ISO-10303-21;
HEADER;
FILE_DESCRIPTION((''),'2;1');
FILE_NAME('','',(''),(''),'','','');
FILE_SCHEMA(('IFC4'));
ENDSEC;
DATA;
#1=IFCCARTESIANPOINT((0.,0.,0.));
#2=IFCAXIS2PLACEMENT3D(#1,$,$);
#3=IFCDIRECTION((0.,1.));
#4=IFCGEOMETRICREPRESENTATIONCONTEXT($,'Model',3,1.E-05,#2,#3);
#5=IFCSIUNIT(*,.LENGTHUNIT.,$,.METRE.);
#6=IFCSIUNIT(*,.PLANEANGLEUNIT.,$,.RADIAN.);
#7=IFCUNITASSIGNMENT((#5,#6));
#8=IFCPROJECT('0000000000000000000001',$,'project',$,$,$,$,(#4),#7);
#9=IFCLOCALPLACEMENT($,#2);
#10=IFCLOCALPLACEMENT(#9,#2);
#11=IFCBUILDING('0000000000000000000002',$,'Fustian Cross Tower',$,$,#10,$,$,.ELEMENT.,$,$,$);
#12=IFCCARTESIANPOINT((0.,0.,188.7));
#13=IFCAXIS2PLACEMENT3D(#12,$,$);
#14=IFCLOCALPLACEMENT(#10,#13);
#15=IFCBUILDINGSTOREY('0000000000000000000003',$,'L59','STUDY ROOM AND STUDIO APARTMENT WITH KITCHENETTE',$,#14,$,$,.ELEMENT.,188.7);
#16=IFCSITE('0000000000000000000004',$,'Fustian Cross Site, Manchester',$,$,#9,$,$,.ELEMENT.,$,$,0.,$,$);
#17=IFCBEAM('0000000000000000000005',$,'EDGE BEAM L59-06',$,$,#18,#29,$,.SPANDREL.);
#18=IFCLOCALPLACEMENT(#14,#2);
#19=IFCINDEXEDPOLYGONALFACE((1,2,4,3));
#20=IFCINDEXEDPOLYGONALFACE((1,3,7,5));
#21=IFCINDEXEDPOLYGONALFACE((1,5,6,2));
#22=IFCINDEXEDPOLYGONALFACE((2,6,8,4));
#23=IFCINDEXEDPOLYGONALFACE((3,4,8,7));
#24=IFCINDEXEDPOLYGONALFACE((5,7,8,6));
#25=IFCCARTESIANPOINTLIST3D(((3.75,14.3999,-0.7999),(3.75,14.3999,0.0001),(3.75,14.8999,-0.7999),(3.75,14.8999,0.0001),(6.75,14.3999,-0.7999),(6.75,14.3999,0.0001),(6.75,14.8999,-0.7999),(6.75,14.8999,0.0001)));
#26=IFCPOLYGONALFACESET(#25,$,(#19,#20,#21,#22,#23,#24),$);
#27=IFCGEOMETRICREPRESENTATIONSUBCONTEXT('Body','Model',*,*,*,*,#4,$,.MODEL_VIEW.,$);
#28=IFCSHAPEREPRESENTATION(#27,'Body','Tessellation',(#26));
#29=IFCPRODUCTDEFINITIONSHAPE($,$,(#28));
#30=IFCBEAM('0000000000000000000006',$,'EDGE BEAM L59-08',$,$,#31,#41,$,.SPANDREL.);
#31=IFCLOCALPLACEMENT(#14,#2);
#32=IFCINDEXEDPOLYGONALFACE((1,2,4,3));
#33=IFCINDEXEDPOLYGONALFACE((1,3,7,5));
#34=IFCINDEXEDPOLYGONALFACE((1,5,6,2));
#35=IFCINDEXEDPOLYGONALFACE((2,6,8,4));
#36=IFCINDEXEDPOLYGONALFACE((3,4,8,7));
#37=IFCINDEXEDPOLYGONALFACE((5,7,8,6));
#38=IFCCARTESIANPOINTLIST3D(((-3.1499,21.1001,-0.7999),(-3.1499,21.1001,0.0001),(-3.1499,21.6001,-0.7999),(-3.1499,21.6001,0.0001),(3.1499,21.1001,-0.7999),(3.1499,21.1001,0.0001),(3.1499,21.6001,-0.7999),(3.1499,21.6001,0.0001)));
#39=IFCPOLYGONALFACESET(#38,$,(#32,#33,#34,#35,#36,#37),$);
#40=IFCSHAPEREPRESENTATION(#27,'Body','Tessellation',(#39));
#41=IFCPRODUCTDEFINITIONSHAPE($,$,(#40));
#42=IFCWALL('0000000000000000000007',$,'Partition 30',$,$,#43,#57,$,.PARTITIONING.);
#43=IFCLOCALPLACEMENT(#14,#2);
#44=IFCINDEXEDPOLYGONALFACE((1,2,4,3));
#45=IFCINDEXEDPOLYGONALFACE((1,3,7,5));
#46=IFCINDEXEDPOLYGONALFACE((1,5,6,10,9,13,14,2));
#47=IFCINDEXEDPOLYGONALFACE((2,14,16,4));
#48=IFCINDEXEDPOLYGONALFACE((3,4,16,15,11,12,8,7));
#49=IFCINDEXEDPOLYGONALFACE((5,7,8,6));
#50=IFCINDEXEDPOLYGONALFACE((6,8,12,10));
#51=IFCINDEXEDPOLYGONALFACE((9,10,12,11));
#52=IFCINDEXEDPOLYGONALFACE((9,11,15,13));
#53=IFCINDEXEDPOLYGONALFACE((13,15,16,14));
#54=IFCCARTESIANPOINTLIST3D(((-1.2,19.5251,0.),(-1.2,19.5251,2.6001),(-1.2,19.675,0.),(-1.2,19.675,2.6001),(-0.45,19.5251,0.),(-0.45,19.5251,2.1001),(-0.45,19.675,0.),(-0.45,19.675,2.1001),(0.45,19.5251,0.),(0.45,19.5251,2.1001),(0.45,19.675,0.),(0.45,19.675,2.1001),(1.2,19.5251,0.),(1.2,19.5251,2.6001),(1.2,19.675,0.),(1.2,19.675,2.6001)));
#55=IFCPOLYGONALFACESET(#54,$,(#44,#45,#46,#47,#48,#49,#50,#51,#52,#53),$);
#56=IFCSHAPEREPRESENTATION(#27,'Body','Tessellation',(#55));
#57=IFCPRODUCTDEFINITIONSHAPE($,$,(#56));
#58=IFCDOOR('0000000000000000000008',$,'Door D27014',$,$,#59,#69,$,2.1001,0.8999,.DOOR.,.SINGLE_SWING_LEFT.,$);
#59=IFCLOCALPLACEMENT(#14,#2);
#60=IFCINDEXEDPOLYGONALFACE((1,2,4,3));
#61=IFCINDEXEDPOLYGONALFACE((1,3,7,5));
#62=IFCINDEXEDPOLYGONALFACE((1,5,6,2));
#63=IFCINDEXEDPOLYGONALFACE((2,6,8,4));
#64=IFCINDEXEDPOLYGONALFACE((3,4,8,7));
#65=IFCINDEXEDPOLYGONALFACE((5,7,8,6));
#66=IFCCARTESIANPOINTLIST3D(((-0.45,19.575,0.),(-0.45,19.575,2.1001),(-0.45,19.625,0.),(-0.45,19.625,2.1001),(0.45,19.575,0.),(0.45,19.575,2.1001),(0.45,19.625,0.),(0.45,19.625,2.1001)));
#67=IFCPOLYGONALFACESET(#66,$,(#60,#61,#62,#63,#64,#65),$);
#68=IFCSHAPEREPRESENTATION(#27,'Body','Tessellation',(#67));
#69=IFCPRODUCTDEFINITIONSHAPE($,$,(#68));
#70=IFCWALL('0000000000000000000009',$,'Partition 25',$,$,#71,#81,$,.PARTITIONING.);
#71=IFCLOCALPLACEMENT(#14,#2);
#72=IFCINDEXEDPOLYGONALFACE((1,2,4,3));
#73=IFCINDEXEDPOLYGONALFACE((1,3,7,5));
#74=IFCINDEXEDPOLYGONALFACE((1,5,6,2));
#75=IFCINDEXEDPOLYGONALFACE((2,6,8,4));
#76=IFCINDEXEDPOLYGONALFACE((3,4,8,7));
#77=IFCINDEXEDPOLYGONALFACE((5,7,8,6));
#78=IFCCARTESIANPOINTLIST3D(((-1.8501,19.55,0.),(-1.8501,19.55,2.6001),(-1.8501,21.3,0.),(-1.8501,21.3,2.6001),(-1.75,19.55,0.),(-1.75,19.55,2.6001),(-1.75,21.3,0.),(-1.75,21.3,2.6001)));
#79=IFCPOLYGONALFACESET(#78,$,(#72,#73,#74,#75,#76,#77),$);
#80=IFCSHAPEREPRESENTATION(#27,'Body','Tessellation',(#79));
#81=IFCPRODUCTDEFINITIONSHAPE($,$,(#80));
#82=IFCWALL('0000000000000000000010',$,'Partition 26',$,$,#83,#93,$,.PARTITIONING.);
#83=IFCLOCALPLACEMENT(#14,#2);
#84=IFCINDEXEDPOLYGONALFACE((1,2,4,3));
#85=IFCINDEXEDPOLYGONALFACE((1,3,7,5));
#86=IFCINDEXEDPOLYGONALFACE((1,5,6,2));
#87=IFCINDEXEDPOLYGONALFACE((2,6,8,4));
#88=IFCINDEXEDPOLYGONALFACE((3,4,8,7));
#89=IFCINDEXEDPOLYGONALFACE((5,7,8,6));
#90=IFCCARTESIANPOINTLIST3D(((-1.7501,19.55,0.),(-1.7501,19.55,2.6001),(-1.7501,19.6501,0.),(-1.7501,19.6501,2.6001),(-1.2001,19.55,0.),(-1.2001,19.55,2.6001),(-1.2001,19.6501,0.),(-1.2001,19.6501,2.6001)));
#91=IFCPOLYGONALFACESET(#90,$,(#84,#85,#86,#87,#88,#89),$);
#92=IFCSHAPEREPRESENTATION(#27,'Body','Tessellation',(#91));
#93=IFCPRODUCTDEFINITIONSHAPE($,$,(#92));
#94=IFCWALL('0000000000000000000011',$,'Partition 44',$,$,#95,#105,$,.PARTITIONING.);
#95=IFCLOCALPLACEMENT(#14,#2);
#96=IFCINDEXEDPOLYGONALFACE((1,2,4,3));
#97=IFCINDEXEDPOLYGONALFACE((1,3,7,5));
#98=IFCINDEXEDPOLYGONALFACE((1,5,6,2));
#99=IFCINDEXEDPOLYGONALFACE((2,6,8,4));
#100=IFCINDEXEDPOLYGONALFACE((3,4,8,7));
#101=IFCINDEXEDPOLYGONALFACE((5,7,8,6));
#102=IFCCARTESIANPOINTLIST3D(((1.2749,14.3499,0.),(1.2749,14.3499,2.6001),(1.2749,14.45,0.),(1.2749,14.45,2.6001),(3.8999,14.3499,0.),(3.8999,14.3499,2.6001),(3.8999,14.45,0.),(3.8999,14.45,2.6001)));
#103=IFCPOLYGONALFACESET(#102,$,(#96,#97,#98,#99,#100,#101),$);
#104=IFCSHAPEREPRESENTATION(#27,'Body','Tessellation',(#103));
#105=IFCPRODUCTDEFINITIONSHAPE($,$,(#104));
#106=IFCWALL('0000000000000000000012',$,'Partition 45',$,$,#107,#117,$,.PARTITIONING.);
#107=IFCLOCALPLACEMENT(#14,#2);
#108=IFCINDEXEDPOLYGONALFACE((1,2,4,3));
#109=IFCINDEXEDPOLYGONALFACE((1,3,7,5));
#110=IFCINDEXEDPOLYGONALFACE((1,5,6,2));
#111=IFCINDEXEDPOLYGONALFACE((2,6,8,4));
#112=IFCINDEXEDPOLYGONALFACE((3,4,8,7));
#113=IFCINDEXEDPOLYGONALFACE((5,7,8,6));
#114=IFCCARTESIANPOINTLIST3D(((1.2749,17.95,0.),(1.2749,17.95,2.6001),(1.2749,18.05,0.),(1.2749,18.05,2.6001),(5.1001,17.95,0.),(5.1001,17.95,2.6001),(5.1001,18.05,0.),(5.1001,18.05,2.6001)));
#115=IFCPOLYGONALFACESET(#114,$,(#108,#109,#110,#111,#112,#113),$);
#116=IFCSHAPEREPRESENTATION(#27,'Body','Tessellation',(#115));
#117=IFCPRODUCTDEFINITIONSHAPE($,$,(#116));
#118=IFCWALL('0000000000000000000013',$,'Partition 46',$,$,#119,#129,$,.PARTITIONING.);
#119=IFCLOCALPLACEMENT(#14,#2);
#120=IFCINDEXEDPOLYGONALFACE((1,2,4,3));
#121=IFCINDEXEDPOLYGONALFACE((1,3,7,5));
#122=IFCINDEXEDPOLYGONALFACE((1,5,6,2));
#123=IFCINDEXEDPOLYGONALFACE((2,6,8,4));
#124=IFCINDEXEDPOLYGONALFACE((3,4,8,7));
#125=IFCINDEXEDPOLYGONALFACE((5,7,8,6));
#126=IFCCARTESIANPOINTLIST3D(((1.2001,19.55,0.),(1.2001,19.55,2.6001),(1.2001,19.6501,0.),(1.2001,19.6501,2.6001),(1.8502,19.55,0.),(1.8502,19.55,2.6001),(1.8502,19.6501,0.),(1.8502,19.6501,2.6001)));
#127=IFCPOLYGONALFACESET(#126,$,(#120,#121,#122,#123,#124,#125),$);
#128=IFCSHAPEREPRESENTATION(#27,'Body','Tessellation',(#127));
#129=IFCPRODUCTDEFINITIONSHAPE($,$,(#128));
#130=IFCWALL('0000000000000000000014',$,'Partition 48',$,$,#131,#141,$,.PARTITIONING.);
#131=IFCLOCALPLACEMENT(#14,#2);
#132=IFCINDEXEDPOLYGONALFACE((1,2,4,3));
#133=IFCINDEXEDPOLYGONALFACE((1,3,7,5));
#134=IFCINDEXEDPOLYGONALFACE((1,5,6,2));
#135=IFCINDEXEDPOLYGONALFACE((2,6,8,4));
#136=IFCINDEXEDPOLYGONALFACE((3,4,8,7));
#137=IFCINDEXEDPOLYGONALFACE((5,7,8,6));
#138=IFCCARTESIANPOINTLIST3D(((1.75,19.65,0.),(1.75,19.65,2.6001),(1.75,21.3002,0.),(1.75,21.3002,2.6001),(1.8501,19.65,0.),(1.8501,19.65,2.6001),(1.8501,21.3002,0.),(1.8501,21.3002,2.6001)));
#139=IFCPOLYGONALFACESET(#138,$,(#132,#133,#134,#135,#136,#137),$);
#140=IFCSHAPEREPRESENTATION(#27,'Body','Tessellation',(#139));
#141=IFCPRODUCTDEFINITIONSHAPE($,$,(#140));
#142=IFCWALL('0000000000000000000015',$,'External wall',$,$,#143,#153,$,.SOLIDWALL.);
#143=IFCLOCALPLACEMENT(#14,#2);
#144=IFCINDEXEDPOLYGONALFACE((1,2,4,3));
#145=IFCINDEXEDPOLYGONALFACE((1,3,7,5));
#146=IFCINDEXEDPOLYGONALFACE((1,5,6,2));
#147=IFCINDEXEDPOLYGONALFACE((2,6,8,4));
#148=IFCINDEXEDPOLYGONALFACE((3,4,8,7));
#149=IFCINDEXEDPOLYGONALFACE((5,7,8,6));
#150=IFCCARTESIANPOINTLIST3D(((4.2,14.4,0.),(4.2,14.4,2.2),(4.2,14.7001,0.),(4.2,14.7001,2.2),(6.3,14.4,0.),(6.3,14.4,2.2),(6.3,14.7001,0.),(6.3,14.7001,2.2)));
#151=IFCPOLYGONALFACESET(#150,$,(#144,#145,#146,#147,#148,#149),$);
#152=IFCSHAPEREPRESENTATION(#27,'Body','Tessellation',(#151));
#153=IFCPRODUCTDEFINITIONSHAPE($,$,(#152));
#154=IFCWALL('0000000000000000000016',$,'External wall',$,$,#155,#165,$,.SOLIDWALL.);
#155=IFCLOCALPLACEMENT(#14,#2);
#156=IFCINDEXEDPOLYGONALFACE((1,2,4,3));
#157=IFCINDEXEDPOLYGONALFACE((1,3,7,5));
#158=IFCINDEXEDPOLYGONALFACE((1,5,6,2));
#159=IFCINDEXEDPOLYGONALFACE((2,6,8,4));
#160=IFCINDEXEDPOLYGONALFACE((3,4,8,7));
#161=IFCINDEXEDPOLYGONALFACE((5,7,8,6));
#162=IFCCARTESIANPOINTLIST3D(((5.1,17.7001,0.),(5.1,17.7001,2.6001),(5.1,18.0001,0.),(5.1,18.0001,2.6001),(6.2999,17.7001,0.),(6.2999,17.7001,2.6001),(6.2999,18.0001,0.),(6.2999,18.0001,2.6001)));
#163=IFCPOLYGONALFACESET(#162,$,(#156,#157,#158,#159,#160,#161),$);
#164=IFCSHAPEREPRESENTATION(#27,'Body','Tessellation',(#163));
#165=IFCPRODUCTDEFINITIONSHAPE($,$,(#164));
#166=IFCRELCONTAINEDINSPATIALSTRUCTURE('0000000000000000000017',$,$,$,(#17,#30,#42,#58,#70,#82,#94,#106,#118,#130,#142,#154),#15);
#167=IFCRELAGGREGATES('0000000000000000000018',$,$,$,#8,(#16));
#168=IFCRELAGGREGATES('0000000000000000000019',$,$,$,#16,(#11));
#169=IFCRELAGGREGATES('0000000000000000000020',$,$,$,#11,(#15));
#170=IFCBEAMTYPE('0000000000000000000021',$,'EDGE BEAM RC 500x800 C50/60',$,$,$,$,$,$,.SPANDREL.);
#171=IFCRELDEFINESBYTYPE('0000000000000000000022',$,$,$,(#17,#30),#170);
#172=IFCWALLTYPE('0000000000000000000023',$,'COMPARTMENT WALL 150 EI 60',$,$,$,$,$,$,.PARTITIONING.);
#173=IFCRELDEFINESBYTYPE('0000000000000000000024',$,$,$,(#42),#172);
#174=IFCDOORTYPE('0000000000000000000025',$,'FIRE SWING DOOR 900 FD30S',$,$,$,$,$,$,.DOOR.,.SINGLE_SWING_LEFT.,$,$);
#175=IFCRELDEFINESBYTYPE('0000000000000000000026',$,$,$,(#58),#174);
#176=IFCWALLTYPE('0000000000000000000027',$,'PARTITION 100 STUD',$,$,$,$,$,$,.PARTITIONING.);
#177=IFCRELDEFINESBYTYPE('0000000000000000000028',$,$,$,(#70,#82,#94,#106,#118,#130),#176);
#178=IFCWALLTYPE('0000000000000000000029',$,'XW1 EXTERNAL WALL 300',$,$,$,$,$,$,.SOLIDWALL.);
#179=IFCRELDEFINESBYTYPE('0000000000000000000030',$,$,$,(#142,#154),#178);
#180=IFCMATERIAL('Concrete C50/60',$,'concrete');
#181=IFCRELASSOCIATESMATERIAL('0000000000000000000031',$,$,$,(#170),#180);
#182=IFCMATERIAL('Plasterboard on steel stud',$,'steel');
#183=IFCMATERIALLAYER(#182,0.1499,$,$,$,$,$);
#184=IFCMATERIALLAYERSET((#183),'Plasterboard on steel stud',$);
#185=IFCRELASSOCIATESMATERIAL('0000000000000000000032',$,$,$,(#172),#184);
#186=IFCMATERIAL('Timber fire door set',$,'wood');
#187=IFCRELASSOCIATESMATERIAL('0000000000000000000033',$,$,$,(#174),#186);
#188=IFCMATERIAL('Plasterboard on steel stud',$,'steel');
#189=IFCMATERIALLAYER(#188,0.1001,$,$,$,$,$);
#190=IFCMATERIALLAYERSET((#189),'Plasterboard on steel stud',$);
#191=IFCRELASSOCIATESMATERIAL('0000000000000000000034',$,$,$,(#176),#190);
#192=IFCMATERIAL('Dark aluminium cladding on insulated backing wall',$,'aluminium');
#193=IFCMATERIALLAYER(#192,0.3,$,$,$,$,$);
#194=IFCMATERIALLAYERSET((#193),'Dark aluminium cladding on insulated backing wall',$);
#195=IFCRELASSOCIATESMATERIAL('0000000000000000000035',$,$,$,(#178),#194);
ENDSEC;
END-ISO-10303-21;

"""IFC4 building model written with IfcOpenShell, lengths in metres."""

from ifc_helpers import new_model, si_unit, direction, frame, frame_2d, origin, origin_2d, place, context, subcontext, project, spatial, rectangle, extrude, material, layer, layer_set, material_profile, profile_set, type_object, element, fill, save


model = new_model("IFC4")

# Units and contexts
model_context = context("Model", 3, precision=1e-05, world=origin(), true_north=direction((0.0, 1.0)))
body_context = subcontext(model_context, "Body", "Model", "MODEL_VIEW")
ifc_project = project(units=[si_unit("LENGTHUNIT", "METRE"), si_unit("PLANEANGLEUNIT", "RADIAN")], contexts=[model_context])

# Site, building, storey
site_placement = place(None, origin())
site = spatial("IfcSite", under=ifc_project, at=site_placement, Name="Fustian Cross Site, Manchester", CompositionType="ELEMENT", RefElevation=0.0)
building_placement = place(site_placement, origin())
building = spatial("IfcBuilding", under=site, at=building_placement, Name="Fustian Cross Tower", CompositionType="ELEMENT")
storey_placement = place(building_placement, frame((0.0, 0.0, 188.7)))
storey = spatial("IfcBuildingStorey", under=building, at=storey_placement, Name="L59", Description="STUDY ROOM AND STUDIO APARTMENT WITH KITCHENETTE", CompositionType="ELEMENT", Elevation=188.7)

# Beams
ifc_material_1 = material(Name="Concrete C50/60", Category="concrete")
ifc_material_profile_1 = material_profile(ifc_material_1, rectangle(XDim=0.5, YDim=0.8, at=origin_2d()), Name="RC 500x800")
ifc_profile_set_1 = profile_set([ifc_material_profile_1], Name="Concrete C50/60")
beam_type = type_object("IfcBeamType", Name="EDGE BEAM RC 500x800 C50/60", PredefinedType="SPANDREL", material=ifc_profile_set_1)
beam_1_placement = place(storey_placement, frame((3.75, 14.6499, -0.3999), z_axis=(1.0, 0.0, 0.0), x_axis=(0.0, 1.0, 0.0)))
element("IfcBeam", 1, at=beam_1_placement, inside=storey, type_object=beam_type, Name="EDGE BEAM L59-06", PredefinedType="SPANDREL", context=body_context, shape_type="SweptSolid", body=[
    extrude(rectangle(XDim=0.5, YDim=0.8, at=origin_2d()), origin(), (0.0, 0.0, 1.0), 3.0),
])
beam_2_placement = place(storey_placement, frame((3.1499, 21.3501, -0.3999), z_axis=(-1.0, 0.0, 0.0), x_axis=(0.0, -1.0, 0.0)))
element("IfcBeam", 2, at=beam_2_placement, inside=storey, type_object=beam_type, Name="EDGE BEAM L59-08", PredefinedType="SPANDREL", context=body_context, shape_type="SweptSolid", body=[
    extrude(rectangle(XDim=0.5, YDim=0.8, at=origin_2d()), origin(), (0.0, 0.0, 1.0), 6.2998),
])

# Wall, opening, door
ifc_material_2 = material(Name="Plasterboard on steel stud", Category="steel")
ifc_layer_1 = layer(ifc_material_2, 0.1499)
ifc_layer_set_1 = layer_set([ifc_layer_1], Name="Plasterboard on steel stud")
wall_type_1 = type_object("IfcWallType", Name="COMPARTMENT WALL 150 EI 60", PredefinedType="PARTITIONING", material=ifc_layer_set_1)
wall_1_placement = place(storey_placement, frame((-1.2, 19.6001, 0.0), z_axis=(0.0, 0.0, 1.0), x_axis=(1.0, 0.0, 0.0)))
wall_1 = element("IfcWall", 3, at=wall_1_placement, inside=storey, type_object=wall_type_1, Name="Partition 30", PredefinedType="PARTITIONING", context=body_context, shape_type="SweptSolid", body=[
    extrude(rectangle(XDim=2.3999, YDim=0.1499, at=frame_2d((1.2, 0.0))), origin(), (0.0, 0.0, 1.0), 2.6001),
])
opening_1_placement = place(wall_1_placement, frame((0.75, 0.0, 0.0)))
opening_1 = element("IfcOpeningElement", 4, at=opening_1_placement, cuts=wall_1, PredefinedType="OPENING", context=body_context, shape_type="SweptSolid", body=[
    extrude(rectangle(XDim=0.8999, YDim=2.1001, at=frame_2d((0.45, 1.05))), frame((0.0, 0.085, 0.0), z_axis=(0.0, -1.0, 0.0), x_axis=(1.0, 0.0, 0.0)), (0.0, 0.0, 1.0), 0.1699),
])
ifc_material_3 = material(Name="Timber fire door set", Category="wood")
door_type = type_object("IfcDoorType", Name="FIRE SWING DOOR 900 FD30S", OperationType="SINGLE_SWING_LEFT", PredefinedType="DOOR", material=ifc_material_3)
door_placement = place(opening_1_placement, origin())
door = element("IfcDoor", 5, at=door_placement, inside=storey, type_object=door_type, Name="Door D27014", OperationType="SINGLE_SWING_LEFT", OverallHeight=2.1001, OverallWidth=0.8999, PredefinedType="DOOR", context=body_context, shape_type="SweptSolid", body=[
    extrude(rectangle(XDim=0.8999, YDim=2.1001, at=frame_2d((0.45, 1.05))), frame((0.0, 0.0249, 0.0), z_axis=(0.0, -1.0, 0.0), x_axis=(1.0, 0.0, 0.0)), (0.0, 0.0, 1.0), 0.05),
])
fill(opening_1, door)

# Walls
ifc_material_4 = material(Name="Plasterboard on steel stud", Category="steel")
ifc_layer_2 = layer(ifc_material_4, 0.1001)
ifc_layer_set_2 = layer_set([ifc_layer_2], Name="Plasterboard on steel stud")
wall_type_2 = type_object("IfcWallType", Name="PARTITION 100 STUD", PredefinedType="PARTITIONING", material=ifc_layer_set_2)
wall_2_placement = place(storey_placement, frame((-1.8, 19.55, 0.0), z_axis=(0.0, 0.0, 1.0), x_axis=(0.0, 1.0, 0.0)))
element("IfcWall", 6, at=wall_2_placement, inside=storey, type_object=wall_type_2, Name="Partition 25", PredefinedType="PARTITIONING", context=body_context, shape_type="SweptSolid", body=[
    extrude(rectangle(XDim=1.75, YDim=0.1001, at=frame_2d((0.875, 0.0))), origin(), (0.0, 0.0, 1.0), 2.6001),
])
wall_3_placement = place(storey_placement, frame((-1.75, 19.6001, 0.0), z_axis=(0.0, 0.0, 1.0), x_axis=(1.0, 0.0, 0.0)))
element("IfcWall", 7, at=wall_3_placement, inside=storey, type_object=wall_type_2, Name="Partition 26", PredefinedType="PARTITIONING", context=body_context, shape_type="SweptSolid", body=[
    extrude(rectangle(XDim=0.55, YDim=0.1001, at=frame_2d((0.2749, 0.0))), origin(), (0.0, 0.0, 1.0), 2.6001),
])
wall_4_placement = place(storey_placement, frame((1.2749, 14.3999, 0.0), z_axis=(0.0, 0.0, 1.0), x_axis=(1.0, 0.0, 0.0)))
element("IfcWall", 8, at=wall_4_placement, inside=storey, type_object=wall_type_2, Name="Partition 44", PredefinedType="PARTITIONING", context=body_context, shape_type="SweptSolid", body=[
    extrude(rectangle(XDim=2.625, YDim=0.1001, at=frame_2d((1.3125, 0.0))), origin(), (0.0, 0.0, 1.0), 2.6001),
])
wall_5_placement = place(storey_placement, frame((1.2749, 18.0, 0.0), z_axis=(0.0, 0.0, 1.0), x_axis=(1.0, 0.0, 0.0)))
element("IfcWall", 9, at=wall_5_placement, inside=storey, type_object=wall_type_2, Name="Partition 45", PredefinedType="PARTITIONING", context=body_context, shape_type="SweptSolid", body=[
    extrude(rectangle(XDim=3.8252, YDim=0.1001, at=frame_2d((1.9126, 0.0))), origin(), (0.0, 0.0, 1.0), 2.6001),
])
wall_6_placement = place(storey_placement, frame((1.2, 19.6001, 0.0), z_axis=(0.0, 0.0, 1.0), x_axis=(1.0, 0.0, 0.0)))
element("IfcWall", 10, at=wall_6_placement, inside=storey, type_object=wall_type_2, Name="Partition 46", PredefinedType="PARTITIONING", context=body_context, shape_type="SweptSolid", body=[
    extrude(rectangle(XDim=0.6501, YDim=0.1001, at=frame_2d((0.3252, 0.0))), origin(), (0.0, 0.0, 1.0), 2.6001),
])
wall_7_placement = place(storey_placement, frame((1.8, 19.6499, 0.0), z_axis=(0.0, 0.0, 1.0), x_axis=(0.0, 1.0, 0.0)))
element("IfcWall", 11, at=wall_7_placement, inside=storey, type_object=wall_type_2, Name="Partition 48", PredefinedType="PARTITIONING", context=body_context, shape_type="SweptSolid", body=[
    extrude(rectangle(XDim=1.6501, YDim=0.1001, at=frame_2d((0.8252, 0.0))), origin(), (0.0, 0.0, 1.0), 2.6001),
])
ifc_material_5 = material(Name="Dark aluminium cladding on insulated backing wall", Category="aluminium")
ifc_layer_3 = layer(ifc_material_5, 0.3)
ifc_layer_set_3 = layer_set([ifc_layer_3], Name="Dark aluminium cladding on insulated backing wall")
wall_type_3 = type_object("IfcWallType", Name="XW1 EXTERNAL WALL 300", PredefinedType="SOLIDWALL", material=ifc_layer_set_3)
wall_8_placement = place(storey_placement, frame((4.2, 14.55, 0.0), z_axis=(0.0, 0.0, 1.0), x_axis=(1.0, 0.0, 0.0)))
element("IfcWall", 12, at=wall_8_placement, inside=storey, type_object=wall_type_3, Name="External wall", PredefinedType="SOLIDWALL", context=body_context, shape_type="SweptSolid", body=[
    extrude(rectangle(XDim=2.1001, YDim=0.3, at=frame_2d((1.05, 0.0))), origin(), (0.0, 0.0, 1.0), 2.2),
])
wall_9_placement = place(storey_placement, frame((6.3, 17.8501, 0.0), z_axis=(0.0, 0.0, 1.0), x_axis=(-1.0, 0.0, 0.0)))
element("IfcWall", 13, at=wall_9_placement, inside=storey, type_object=wall_type_3, Name="External wall", PredefinedType="SOLIDWALL", context=body_context, shape_type="SweptSolid", body=[
    extrude(rectangle(XDim=1.2, YDim=0.3, at=frame_2d((0.6001, 0.0))), origin(), (0.0, 0.0, 1.0), 2.6001),
])

save(model, "model.ifc")
